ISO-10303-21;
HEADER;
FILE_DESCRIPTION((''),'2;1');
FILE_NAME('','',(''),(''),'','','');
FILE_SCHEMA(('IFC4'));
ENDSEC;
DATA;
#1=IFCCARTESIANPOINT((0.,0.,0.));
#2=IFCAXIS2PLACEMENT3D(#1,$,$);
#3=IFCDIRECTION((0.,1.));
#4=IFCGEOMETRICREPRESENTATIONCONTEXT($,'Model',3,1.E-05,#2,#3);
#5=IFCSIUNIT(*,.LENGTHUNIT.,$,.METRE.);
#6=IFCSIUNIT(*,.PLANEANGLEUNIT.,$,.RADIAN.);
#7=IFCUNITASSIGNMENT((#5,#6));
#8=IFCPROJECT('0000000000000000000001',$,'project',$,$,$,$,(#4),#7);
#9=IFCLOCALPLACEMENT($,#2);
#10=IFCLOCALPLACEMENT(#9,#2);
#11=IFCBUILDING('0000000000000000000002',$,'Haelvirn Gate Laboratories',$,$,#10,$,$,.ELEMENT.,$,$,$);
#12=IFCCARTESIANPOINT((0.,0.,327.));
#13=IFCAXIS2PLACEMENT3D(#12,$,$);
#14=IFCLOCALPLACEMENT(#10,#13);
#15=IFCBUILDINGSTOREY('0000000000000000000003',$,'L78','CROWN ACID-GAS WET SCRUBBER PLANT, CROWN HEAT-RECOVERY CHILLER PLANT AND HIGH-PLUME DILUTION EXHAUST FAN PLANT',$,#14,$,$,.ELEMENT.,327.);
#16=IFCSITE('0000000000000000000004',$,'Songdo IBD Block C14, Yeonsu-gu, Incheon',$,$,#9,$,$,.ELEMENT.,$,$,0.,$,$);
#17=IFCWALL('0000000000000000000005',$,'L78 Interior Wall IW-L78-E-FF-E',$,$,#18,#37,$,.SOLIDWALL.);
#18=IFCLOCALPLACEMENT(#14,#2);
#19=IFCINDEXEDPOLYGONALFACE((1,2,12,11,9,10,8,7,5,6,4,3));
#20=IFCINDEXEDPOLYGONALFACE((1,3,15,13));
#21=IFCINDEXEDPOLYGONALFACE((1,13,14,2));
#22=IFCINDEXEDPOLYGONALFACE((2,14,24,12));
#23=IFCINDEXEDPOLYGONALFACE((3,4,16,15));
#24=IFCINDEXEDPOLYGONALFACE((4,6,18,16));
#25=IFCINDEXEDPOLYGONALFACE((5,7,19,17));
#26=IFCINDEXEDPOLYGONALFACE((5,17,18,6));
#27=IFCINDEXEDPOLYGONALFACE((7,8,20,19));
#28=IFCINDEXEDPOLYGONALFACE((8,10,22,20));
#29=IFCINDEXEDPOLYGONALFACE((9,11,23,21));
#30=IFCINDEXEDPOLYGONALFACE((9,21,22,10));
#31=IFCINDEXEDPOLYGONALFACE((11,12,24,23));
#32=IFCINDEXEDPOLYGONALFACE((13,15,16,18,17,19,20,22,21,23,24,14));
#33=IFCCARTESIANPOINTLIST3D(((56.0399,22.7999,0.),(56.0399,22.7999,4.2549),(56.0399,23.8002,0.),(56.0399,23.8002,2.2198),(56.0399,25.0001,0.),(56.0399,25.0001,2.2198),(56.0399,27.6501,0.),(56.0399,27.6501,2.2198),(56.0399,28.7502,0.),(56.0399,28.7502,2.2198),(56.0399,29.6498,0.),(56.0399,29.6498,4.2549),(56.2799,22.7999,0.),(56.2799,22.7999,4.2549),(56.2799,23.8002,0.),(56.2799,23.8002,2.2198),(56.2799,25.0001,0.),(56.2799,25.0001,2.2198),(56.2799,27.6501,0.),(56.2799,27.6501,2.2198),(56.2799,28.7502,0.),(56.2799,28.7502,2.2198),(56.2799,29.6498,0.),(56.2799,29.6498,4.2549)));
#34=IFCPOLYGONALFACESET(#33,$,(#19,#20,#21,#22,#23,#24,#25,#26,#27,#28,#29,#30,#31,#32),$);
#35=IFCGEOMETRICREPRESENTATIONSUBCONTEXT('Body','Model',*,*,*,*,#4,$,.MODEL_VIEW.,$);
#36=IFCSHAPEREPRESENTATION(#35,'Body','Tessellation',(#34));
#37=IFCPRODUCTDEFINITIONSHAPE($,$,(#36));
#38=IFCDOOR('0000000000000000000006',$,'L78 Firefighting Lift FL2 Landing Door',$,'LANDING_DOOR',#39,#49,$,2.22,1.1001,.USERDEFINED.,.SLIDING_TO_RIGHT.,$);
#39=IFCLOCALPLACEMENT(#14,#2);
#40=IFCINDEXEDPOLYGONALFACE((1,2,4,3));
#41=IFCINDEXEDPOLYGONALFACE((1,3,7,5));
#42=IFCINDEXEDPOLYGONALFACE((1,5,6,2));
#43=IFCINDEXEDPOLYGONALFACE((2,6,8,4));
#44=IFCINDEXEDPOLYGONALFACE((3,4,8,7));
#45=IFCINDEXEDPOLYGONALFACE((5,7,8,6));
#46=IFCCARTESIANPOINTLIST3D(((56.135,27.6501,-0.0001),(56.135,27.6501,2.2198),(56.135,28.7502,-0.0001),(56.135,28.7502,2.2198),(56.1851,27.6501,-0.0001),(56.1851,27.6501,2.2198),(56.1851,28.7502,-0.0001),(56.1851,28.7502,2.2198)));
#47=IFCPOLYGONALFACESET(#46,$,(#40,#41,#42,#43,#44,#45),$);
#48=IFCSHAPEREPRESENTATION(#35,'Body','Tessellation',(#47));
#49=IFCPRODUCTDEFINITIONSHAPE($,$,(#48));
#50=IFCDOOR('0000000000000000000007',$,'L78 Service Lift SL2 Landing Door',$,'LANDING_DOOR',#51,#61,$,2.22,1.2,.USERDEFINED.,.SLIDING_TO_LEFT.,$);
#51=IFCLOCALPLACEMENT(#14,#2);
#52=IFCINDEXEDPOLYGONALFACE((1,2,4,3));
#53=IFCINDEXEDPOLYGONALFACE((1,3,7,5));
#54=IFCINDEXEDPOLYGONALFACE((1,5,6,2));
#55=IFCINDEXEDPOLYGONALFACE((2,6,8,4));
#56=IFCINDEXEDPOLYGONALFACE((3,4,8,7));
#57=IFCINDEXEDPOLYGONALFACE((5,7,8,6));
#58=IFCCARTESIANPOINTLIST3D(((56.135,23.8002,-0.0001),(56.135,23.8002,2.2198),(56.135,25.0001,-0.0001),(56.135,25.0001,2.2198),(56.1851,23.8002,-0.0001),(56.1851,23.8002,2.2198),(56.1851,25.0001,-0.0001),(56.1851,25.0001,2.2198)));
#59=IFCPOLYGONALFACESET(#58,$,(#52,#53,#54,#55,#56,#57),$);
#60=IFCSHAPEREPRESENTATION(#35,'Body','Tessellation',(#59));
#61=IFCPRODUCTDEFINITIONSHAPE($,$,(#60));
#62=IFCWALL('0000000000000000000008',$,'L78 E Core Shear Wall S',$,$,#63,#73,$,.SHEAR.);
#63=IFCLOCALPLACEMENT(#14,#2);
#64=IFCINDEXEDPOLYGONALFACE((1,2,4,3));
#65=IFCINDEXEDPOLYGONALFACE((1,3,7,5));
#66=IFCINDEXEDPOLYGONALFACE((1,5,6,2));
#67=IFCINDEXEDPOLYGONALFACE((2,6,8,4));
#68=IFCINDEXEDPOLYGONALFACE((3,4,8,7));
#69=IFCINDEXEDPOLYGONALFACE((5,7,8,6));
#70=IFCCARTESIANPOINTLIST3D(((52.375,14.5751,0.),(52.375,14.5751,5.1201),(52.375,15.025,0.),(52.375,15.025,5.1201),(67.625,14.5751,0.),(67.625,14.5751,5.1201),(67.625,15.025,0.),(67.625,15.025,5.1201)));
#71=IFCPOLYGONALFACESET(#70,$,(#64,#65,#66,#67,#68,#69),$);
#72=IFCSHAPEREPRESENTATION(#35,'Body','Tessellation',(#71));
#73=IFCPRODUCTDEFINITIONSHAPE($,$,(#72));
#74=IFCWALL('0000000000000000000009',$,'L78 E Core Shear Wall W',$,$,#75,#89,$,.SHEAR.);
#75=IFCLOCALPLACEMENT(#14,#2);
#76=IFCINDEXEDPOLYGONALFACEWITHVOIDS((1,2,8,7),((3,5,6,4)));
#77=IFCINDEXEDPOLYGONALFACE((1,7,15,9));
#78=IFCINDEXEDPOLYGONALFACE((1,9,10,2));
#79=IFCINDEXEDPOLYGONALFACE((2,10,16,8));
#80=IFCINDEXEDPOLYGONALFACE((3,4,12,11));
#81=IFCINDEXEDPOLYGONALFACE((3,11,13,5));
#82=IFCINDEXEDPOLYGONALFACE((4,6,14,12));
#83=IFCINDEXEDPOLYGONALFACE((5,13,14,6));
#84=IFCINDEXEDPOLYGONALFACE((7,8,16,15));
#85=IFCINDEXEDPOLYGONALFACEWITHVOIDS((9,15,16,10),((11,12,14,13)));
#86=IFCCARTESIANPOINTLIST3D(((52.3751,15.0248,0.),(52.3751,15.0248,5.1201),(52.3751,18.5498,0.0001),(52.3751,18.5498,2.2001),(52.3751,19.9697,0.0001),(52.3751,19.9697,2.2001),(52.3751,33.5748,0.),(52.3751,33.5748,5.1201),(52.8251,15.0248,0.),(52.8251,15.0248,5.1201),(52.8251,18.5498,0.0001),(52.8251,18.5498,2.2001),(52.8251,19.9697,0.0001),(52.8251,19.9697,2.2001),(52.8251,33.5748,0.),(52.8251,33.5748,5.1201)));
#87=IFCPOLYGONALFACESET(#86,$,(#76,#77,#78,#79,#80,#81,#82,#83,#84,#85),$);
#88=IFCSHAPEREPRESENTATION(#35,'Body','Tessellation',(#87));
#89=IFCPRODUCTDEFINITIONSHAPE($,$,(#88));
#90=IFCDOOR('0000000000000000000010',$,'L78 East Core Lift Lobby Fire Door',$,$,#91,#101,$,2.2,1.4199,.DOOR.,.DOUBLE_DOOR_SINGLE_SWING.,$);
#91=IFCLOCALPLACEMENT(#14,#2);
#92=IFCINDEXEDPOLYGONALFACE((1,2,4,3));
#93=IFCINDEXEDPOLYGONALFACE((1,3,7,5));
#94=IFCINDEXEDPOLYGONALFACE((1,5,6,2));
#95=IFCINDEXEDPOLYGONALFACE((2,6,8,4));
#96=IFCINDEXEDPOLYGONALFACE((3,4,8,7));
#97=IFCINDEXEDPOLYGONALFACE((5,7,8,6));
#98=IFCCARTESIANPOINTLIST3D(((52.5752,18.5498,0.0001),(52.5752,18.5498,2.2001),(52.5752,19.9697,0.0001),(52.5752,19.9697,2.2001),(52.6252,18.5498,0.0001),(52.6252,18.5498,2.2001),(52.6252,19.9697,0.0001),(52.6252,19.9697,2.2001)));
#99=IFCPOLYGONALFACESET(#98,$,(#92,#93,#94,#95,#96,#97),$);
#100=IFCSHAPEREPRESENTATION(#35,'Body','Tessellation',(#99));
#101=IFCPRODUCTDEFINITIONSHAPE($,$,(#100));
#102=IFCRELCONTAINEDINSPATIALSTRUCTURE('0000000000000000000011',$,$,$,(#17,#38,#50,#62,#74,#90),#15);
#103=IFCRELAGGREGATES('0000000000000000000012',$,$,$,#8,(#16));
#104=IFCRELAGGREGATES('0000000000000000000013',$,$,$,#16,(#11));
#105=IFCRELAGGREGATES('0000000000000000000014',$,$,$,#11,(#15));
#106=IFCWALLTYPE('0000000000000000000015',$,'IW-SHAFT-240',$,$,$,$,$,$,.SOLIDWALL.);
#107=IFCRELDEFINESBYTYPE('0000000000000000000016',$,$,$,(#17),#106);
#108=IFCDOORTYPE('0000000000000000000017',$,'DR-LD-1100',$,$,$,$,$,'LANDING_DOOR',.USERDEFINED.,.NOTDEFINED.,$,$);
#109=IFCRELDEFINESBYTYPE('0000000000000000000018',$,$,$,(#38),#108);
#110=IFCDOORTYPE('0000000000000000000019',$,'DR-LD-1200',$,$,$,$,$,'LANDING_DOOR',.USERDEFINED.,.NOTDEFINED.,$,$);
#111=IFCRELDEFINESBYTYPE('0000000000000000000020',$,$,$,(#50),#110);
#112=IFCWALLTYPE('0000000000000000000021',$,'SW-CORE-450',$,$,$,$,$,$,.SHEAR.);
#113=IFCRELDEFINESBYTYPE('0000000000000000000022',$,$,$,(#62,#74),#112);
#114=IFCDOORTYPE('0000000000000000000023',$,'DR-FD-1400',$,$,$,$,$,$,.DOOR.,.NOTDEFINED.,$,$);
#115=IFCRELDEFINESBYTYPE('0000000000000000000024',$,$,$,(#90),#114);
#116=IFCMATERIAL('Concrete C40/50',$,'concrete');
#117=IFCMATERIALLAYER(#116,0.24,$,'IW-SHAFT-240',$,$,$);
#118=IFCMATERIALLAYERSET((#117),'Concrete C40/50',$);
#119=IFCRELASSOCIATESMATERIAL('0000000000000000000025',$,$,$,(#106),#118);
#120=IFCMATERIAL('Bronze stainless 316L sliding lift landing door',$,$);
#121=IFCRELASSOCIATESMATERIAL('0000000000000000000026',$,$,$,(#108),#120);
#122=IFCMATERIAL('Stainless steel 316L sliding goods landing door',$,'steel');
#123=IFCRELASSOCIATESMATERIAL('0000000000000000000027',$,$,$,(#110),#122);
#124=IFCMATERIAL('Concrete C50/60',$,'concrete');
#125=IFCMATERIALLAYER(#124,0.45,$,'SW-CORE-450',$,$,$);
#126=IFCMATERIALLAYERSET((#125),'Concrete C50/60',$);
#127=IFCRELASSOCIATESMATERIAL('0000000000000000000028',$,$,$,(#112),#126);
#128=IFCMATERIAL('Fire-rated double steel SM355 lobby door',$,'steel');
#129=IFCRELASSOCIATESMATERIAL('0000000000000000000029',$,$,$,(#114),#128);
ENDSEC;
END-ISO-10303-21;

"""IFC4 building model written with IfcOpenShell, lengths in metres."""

from ifc_helpers import new_model, si_unit, direction, frame, frame_2d, origin, place, context, subcontext, project, spatial, rectangle, extrude, source, transform, mapped, material, layer, layer_set, type_object, type_shapes, element, fill, save


model = new_model("IFC4")

# Units and contexts
model_context = context("Model", 3, precision=1e-05, world=origin(), true_north=direction((0.0, 1.0)))
body_context = subcontext(model_context, "Body", "Model", "MODEL_VIEW")
ifc_project = project(units=[si_unit("LENGTHUNIT", "METRE"), si_unit("PLANEANGLEUNIT", "RADIAN")], contexts=[model_context])

# Site, building, storey
site_placement = place(None, origin())
site = spatial("IfcSite", under=ifc_project, at=site_placement, Name="Songdo IBD Block C14, Yeonsu-gu, Incheon", CompositionType="ELEMENT", RefElevation=0.0)
building_placement = place(site_placement, origin())
building = spatial("IfcBuilding", under=site, at=building_placement, Name="Haelvirn Gate Laboratories", CompositionType="ELEMENT")
storey_placement = place(building_placement, frame((0.0, 0.0, 327.0)))
storey = spatial("IfcBuildingStorey", under=building, at=storey_placement, Name="L78", Description="CROWN ACID-GAS WET SCRUBBER PLANT, CROWN HEAT-RECOVERY CHILLER PLANT AND HIGH-PLUME DILUTION EXHAUST FAN PLANT", CompositionType="ELEMENT", Elevation=327.0)

# Shared definitions
ifc_material_1 = material(Name="Concrete C50/60", Category="concrete")

# Shared definitions
ifc_material_2 = material(Name="Concrete C40/50", Category="concrete")

# Wall, openings, doors
ifc_layer_1 = layer(ifc_material_2, 0.24, Name="IW-SHAFT-240")
ifc_layer_set_1 = layer_set([ifc_layer_1], Name="Concrete C40/50")
wall_type_1 = type_object("IfcWallType", Name="IW-SHAFT-240", PredefinedType="SOLIDWALL", material=ifc_layer_set_1)
wall_1_placement = place(storey_placement, frame((56.1599, 22.8, 0.0), z_axis=(0.0, 0.0, 1.0), x_axis=(0.0, 1.0, 0.0)))
wall_1 = element("IfcWall", 1, at=wall_1_placement, inside=storey, type_object=wall_type_1, Name="L78 Interior Wall IW-L78-E-FF-E", PredefinedType="SOLIDWALL", context=body_context, shape_type="SweptSolid", body=[
    extrude(rectangle(XDim=6.8499, YDim=0.24, at=frame_2d((3.4248, 0.0))), origin(), (0.0, 0.0, 1.0), 4.2549),
])
opening_1_placement = place(wall_1_placement, frame((4.8501, 0.0, 0.0)))
opening_1 = element("IfcOpeningElement", 2, at=opening_1_placement, cuts=wall_1, PredefinedType="OPENING", context=body_context, shape_type="SweptSolid", body=[
    extrude(rectangle(XDim=1.1001, YDim=2.22, at=frame_2d((0.55, 1.1099))), frame((0.0, 0.1299, 0.0), z_axis=(0.0, -1.0, 0.0), x_axis=(1.0, 0.0, 0.0)), (0.0, 0.0, 1.0), 0.26),
])
opening_2_placement = place(wall_1_placement, frame((1.0, 0.0, 0.0)))
opening_2 = element("IfcOpeningElement", 3, at=opening_2_placement, cuts=wall_1, PredefinedType="OPENING", context=body_context, shape_type="SweptSolid", body=[
    extrude(rectangle(XDim=1.2, YDim=2.22, at=frame_2d((0.6001, 1.1099))), frame((0.0, 0.1299, 0.0), z_axis=(0.0, -1.0, 0.0), x_axis=(1.0, 0.0, 0.0)), (0.0, 0.0, 1.0), 0.26),
])
ifc_material_3 = material(Name="Bronze stainless 316L sliding lift landing door")
door_type_1 = type_object("IfcDoorType", Name="DR-LD-1100", ElementType="LANDING_DOOR", OperationType="NOTDEFINED", PredefinedType="USERDEFINED", material=ifc_material_3)
shared_shape_1 = source(origin(), body_context, "Body", "SweptSolid", [
    extrude(rectangle(XDim=1.1001, YDim=2.22, at=frame_2d((0.55, 1.1099))), frame((0.0, 0.0249, 0.0), z_axis=(0.0, -1.0, 0.0), x_axis=(1.0, 0.0, 0.0)), (0.0, 0.0, 1.0), 0.05),
])
type_shapes(door_type_1, [shared_shape_1])
door_1_placement = place(opening_1_placement, origin())
door_1 = element("IfcDoor", 4, at=door_1_placement, inside=storey, type_object=door_type_1, Name="L78 Firefighting Lift FL2 Landing Door", ObjectType="LANDING_DOOR", OperationType="SLIDING_TO_RIGHT", OverallHeight=2.22, OverallWidth=1.1001, PredefinedType="USERDEFINED", context=body_context, shape_type="MappedRepresentation", body=[
    mapped(shared_shape_1, transform((0.0, 0.0, 0.0), scale=1.0)),
])
fill(opening_1, door_1)
ifc_material_4 = material(Name="Stainless steel 316L sliding goods landing door", Category="steel")
door_type_2 = type_object("IfcDoorType", Name="DR-LD-1200", ElementType="LANDING_DOOR", OperationType="NOTDEFINED", PredefinedType="USERDEFINED", material=ifc_material_4)
shared_shape_2 = source(origin(), body_context, "Body", "SweptSolid", [
    extrude(rectangle(XDim=1.2, YDim=2.22, at=frame_2d((0.6001, 1.1099))), frame((0.0, 0.0249, 0.0), z_axis=(0.0, -1.0, 0.0), x_axis=(1.0, 0.0, 0.0)), (0.0, 0.0, 1.0), 0.05),
])
type_shapes(door_type_2, [shared_shape_2])
door_2_placement = place(opening_2_placement, origin())
door_2 = element("IfcDoor", 5, at=door_2_placement, inside=storey, type_object=door_type_2, Name="L78 Service Lift SL2 Landing Door", ObjectType="LANDING_DOOR", OperationType="SLIDING_TO_LEFT", OverallHeight=2.22, OverallWidth=1.2, PredefinedType="USERDEFINED", context=body_context, shape_type="MappedRepresentation", body=[
    mapped(shared_shape_2, transform((0.0, 0.0, 0.0), scale=1.0)),
])
fill(opening_2, door_2)

# Wall
ifc_layer_2 = layer(ifc_material_1, 0.45, Name="SW-CORE-450")
ifc_layer_set_2 = layer_set([ifc_layer_2], Name="Concrete C50/60")
wall_type_2 = type_object("IfcWallType", Name="SW-CORE-450", PredefinedType="SHEAR", material=ifc_layer_set_2)
wall_2_placement = place(storey_placement, frame((52.375, 14.8, 0.0), z_axis=(0.0, 0.0, 1.0), x_axis=(1.0, 0.0, 0.0)))
element("IfcWall", 6, at=wall_2_placement, inside=storey, type_object=wall_type_2, Name="L78 E Core Shear Wall S", PredefinedType="SHEAR", context=body_context, shape_type="SweptSolid", body=[
    extrude(rectangle(XDim=15.25, YDim=0.45, at=frame_2d((7.625, 0.0))), origin(), (0.0, 0.0, 1.0), 5.1201),
])

# Wall, opening, door
wall_3_placement = place(storey_placement, frame((52.6001, 15.0249, 0.0), z_axis=(0.0, 0.0, 1.0), x_axis=(0.0, 1.0, 0.0)))
wall_3 = element("IfcWall", 7, at=wall_3_placement, inside=storey, type_object=wall_type_2, Name="L78 E Core Shear Wall W", PredefinedType="SHEAR", context=body_context, shape_type="SweptSolid", body=[
    extrude(rectangle(XDim=18.55, YDim=0.45, at=frame_2d((9.2749, 0.0))), origin(), (0.0, 0.0, 1.0), 5.1201),
])
opening_3_placement = place(wall_3_placement, frame((3.5249, 0.0, 0.0)))
opening_3 = element("IfcOpeningElement", 8, at=opening_3_placement, cuts=wall_3, PredefinedType="OPENING", context=body_context, shape_type="SweptSolid", body=[
    extrude(rectangle(XDim=1.4199, YDim=2.2, at=frame_2d((0.71, 1.1001))), frame((0.0, 0.2349, 0.0), z_axis=(0.0, -1.0, 0.0), x_axis=(1.0, 0.0, 0.0)), (0.0, 0.0, 1.0), 0.47),
])
ifc_material_5 = material(Name="Fire-rated double steel SM355 lobby door", Category="steel")
door_type_3 = type_object("IfcDoorType", Name="DR-FD-1400", OperationType="NOTDEFINED", PredefinedType="DOOR", material=ifc_material_5)
shared_shape_3 = source(origin(), body_context, "Body", "SweptSolid", [
    extrude(rectangle(XDim=1.4199, YDim=2.2, at=frame_2d((0.71, 1.1001))), frame((0.0, 0.0249, 0.0), z_axis=(0.0, -1.0, 0.0), x_axis=(1.0, 0.0, 0.0)), (0.0, 0.0, 1.0), 0.05),
])
type_shapes(door_type_3, [shared_shape_3])
door_3_placement = place(opening_3_placement, origin())
door_3 = element("IfcDoor", 9, at=door_3_placement, inside=storey, type_object=door_type_3, Name="L78 East Core Lift Lobby Fire Door", OperationType="DOUBLE_DOOR_SINGLE_SWING", OverallHeight=2.2, OverallWidth=1.4199, PredefinedType="DOOR", context=body_context, shape_type="MappedRepresentation", body=[
    mapped(shared_shape_3, transform((0.0, 0.0, 0.0), scale=1.0)),
])
fill(opening_3, door_3)

save(model, "model.ifc")
